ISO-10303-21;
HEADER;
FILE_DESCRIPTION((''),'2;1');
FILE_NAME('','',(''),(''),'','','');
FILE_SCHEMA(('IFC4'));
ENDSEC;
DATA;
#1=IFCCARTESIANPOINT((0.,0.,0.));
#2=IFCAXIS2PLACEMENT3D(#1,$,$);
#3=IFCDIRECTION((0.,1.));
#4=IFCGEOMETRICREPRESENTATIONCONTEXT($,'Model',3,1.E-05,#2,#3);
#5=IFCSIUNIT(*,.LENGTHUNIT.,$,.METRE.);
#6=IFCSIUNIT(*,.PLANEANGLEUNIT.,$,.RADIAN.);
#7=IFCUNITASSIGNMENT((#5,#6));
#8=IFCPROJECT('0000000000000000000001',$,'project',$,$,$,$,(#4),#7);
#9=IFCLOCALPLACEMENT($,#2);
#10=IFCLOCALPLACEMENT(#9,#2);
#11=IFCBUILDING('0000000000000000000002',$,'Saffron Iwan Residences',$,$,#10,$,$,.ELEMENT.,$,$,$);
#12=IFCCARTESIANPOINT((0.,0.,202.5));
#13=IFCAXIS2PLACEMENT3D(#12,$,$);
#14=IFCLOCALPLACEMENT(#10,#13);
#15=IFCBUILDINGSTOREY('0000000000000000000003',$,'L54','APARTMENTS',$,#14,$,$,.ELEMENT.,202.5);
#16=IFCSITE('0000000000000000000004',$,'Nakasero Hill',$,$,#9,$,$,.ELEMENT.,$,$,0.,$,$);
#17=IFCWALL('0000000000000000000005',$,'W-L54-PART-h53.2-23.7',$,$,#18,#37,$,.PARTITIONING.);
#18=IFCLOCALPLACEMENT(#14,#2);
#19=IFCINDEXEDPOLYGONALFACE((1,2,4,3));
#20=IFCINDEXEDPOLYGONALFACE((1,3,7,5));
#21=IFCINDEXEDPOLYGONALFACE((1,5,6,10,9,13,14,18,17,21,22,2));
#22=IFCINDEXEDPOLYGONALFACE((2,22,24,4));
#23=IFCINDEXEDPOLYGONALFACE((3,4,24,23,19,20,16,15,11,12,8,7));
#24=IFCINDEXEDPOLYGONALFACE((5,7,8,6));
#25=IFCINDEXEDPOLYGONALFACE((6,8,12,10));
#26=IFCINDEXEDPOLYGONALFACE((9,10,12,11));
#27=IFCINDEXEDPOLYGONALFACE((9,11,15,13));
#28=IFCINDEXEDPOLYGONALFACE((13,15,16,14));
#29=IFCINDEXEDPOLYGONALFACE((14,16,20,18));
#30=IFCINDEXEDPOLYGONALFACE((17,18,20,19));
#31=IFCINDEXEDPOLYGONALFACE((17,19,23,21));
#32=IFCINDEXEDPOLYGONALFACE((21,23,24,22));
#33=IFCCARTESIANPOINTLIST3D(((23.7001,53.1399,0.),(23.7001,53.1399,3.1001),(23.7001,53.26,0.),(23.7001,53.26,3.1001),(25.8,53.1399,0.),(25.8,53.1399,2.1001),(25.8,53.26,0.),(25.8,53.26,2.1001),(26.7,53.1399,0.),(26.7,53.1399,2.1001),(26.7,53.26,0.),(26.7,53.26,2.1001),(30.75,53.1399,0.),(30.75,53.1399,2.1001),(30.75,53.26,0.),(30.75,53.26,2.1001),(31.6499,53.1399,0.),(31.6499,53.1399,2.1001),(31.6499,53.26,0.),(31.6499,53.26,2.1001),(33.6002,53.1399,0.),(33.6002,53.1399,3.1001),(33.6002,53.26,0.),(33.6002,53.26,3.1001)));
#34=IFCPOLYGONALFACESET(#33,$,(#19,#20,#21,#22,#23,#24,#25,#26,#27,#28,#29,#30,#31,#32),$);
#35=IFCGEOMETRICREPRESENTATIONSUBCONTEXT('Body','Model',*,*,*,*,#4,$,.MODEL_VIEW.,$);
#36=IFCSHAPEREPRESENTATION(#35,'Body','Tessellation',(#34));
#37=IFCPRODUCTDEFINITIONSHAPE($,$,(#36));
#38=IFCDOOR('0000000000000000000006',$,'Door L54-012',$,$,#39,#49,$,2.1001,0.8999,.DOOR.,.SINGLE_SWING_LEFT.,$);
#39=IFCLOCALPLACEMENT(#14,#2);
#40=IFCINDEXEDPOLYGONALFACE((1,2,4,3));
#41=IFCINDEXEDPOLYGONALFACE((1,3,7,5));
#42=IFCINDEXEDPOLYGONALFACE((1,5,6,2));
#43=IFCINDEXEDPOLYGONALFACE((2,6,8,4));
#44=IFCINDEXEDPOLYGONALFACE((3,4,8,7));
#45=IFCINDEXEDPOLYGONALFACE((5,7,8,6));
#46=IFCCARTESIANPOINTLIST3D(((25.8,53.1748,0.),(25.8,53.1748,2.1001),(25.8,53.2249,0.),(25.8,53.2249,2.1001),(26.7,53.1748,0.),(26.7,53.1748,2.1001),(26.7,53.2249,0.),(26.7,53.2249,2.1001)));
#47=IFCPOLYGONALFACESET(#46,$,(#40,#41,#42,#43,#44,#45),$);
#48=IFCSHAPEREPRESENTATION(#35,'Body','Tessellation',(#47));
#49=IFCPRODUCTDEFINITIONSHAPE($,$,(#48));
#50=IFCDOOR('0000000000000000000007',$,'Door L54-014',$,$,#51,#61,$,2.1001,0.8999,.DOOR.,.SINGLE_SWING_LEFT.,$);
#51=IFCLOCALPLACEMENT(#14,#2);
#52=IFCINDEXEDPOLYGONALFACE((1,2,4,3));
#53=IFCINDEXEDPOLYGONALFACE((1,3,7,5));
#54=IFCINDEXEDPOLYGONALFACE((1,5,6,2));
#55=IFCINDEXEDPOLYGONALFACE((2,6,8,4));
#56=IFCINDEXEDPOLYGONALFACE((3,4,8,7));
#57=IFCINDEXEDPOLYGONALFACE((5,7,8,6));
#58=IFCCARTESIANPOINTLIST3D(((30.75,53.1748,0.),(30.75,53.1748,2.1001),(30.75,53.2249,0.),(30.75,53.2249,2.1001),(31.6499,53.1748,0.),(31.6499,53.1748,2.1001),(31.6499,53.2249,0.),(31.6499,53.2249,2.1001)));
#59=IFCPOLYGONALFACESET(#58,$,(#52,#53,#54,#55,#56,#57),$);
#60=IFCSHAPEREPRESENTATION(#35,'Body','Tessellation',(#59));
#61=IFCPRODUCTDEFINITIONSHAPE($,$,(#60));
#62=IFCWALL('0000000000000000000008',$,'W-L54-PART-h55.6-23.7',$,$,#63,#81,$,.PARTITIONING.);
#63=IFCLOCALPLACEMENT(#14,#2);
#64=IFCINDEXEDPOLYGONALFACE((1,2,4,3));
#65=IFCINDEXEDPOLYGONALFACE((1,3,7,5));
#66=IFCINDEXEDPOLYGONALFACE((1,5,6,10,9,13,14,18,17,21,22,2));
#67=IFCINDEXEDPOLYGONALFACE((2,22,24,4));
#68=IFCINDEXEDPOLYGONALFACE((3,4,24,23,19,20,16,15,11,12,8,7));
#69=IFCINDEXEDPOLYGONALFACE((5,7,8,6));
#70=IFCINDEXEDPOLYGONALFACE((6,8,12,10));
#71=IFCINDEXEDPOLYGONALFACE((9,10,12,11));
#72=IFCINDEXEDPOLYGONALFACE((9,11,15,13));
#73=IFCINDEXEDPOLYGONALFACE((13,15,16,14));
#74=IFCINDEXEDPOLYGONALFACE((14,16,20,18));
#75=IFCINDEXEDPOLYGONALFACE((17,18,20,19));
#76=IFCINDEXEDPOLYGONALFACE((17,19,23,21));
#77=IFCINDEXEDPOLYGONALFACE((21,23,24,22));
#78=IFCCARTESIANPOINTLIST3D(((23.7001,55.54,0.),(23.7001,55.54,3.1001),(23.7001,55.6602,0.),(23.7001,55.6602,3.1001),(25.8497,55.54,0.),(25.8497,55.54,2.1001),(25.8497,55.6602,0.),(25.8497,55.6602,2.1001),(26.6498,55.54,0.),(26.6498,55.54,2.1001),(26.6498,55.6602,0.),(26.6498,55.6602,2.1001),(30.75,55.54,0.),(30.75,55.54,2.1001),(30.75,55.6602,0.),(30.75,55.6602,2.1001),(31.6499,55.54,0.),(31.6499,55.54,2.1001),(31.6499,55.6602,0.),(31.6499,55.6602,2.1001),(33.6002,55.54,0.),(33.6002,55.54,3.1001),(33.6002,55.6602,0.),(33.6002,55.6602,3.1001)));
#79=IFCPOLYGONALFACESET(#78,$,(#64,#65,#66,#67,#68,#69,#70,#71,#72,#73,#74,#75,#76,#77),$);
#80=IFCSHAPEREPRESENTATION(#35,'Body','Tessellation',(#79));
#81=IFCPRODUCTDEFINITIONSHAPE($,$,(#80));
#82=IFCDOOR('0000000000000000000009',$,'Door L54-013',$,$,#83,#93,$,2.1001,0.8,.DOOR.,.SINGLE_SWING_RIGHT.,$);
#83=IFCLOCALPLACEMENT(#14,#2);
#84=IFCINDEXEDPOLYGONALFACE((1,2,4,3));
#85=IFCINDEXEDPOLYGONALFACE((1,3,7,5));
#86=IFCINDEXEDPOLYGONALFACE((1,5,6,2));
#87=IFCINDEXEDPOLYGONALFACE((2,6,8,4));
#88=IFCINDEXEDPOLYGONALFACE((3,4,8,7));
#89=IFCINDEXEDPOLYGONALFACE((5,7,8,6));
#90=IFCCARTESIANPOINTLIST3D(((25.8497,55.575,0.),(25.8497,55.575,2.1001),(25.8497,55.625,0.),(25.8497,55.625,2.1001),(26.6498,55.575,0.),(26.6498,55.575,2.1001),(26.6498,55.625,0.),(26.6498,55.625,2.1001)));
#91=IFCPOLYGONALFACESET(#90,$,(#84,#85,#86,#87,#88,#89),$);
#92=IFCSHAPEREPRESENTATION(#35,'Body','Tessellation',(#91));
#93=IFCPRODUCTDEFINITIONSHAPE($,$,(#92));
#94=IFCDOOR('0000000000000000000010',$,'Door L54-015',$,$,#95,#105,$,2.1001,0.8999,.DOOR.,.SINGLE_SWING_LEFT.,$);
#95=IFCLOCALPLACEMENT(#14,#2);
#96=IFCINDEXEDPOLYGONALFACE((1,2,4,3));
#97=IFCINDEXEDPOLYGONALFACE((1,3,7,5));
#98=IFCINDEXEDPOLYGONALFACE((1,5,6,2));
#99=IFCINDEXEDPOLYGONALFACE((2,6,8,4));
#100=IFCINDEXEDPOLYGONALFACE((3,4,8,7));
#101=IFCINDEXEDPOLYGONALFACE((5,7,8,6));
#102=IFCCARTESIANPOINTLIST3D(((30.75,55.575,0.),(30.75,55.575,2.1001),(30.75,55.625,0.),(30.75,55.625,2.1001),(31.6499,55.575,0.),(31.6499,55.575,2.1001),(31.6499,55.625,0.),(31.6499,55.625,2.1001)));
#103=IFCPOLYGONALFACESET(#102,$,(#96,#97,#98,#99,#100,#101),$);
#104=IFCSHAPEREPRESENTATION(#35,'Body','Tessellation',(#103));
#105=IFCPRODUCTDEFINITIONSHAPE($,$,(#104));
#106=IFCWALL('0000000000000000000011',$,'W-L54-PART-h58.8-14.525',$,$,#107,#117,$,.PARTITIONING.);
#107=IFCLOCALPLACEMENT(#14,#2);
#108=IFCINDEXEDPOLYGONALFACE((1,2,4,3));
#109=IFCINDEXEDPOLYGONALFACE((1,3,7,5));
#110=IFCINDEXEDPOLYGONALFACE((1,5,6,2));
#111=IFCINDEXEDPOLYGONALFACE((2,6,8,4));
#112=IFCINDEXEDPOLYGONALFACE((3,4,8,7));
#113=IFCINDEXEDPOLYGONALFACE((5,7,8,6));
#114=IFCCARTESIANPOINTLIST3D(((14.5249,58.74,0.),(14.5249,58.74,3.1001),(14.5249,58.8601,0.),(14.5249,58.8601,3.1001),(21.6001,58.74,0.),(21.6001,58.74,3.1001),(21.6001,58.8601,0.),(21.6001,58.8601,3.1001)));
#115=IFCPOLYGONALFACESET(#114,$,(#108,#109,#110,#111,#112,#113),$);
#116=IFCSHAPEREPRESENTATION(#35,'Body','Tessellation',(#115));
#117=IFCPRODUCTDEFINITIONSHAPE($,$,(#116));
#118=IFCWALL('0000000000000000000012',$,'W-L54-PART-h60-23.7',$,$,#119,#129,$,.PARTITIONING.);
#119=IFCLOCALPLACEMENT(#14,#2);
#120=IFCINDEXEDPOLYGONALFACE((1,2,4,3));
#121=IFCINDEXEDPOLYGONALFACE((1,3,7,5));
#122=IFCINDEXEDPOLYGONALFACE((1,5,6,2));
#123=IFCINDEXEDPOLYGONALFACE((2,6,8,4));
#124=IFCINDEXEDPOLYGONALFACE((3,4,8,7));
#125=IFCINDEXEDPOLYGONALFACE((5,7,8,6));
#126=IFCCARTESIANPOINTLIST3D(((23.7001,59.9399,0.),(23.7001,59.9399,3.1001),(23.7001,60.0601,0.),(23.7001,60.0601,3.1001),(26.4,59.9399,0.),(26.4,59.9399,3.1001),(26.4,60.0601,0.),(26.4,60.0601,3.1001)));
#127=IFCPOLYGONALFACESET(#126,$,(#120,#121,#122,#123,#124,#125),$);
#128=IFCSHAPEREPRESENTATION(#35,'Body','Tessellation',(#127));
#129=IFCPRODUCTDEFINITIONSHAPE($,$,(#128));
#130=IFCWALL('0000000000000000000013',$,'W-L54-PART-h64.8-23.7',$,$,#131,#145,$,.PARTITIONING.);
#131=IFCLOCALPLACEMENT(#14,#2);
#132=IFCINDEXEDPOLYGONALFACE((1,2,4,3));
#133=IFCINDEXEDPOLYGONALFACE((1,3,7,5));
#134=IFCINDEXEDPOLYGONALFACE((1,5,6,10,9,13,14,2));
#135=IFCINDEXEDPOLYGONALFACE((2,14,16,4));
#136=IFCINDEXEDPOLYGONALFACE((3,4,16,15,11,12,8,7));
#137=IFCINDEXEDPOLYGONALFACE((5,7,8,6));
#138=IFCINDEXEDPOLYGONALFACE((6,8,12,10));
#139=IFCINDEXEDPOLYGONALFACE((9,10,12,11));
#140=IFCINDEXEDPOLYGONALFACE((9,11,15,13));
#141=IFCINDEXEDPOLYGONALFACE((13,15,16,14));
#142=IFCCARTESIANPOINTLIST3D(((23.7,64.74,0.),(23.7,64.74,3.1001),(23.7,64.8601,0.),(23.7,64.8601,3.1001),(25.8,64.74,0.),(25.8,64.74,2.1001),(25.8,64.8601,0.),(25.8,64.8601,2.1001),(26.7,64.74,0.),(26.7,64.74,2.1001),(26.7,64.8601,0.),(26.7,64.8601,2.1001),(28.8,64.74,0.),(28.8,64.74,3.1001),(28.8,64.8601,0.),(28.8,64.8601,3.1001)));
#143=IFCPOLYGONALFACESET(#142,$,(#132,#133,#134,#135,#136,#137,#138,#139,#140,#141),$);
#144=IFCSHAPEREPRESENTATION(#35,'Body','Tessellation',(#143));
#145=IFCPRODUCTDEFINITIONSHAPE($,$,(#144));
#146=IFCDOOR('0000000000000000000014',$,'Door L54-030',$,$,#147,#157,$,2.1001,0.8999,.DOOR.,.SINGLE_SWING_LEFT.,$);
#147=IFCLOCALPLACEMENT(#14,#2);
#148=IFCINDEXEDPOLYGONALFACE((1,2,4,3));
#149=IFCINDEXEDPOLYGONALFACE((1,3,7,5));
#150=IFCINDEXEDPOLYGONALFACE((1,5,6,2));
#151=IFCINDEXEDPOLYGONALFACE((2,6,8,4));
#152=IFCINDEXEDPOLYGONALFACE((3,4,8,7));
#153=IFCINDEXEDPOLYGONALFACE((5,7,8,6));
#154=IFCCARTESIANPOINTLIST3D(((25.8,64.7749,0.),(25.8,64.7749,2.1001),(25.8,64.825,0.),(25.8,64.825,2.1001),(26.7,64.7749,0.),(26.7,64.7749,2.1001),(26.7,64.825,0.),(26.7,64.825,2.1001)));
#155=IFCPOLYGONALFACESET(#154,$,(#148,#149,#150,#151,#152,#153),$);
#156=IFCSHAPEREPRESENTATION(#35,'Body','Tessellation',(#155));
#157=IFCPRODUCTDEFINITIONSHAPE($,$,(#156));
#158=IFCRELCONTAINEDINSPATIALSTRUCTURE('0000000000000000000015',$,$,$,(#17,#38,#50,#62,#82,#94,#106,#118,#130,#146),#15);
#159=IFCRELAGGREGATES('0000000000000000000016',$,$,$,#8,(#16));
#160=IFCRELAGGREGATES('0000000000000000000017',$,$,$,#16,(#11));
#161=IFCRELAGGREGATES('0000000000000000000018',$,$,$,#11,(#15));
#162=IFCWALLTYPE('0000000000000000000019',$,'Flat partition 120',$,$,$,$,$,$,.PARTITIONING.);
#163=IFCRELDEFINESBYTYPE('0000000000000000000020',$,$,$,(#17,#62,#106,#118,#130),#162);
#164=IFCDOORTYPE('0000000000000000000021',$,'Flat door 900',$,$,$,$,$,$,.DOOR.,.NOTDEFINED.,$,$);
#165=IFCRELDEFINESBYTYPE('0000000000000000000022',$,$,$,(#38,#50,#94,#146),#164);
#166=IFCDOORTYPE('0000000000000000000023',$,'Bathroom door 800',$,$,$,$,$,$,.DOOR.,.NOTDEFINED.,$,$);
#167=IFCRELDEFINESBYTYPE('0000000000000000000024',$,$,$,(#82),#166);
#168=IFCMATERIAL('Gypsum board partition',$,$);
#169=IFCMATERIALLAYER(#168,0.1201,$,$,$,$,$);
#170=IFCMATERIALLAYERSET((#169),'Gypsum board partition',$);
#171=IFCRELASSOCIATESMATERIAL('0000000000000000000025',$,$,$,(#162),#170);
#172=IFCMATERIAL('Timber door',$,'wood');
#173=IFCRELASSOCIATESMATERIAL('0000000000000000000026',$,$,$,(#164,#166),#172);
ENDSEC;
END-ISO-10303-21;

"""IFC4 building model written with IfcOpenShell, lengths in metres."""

from ifc_helpers import new_model, si_unit, direction, frame, frame_2d, origin, place, context, subcontext, project, spatial, rectangle, extrude, material, layer, layer_set, type_object, element, fill, save


model = new_model("IFC4")

# Units and contexts
model_context = context("Model", 3, precision=1e-05, world=origin(), true_north=direction((0.0, 1.0)))
body_context = subcontext(model_context, "Body", "Model", "MODEL_VIEW")
ifc_project = project(units=[si_unit("LENGTHUNIT", "METRE"), si_unit("PLANEANGLEUNIT", "RADIAN")], contexts=[model_context])

# Site, building, storey
site_placement = place(None, origin())
site = spatial("IfcSite", under=ifc_project, at=site_placement, Name="Nakasero Hill", CompositionType="ELEMENT", RefElevation=0.0)
building_placement = place(site_placement, origin())
building = spatial("IfcBuilding", under=site, at=building_placement, Name="Saffron Iwan Residences", CompositionType="ELEMENT")
storey_placement = place(building_placement, frame((0.0, 0.0, 202.5)))
storey = spatial("IfcBuildingStorey", under=building, at=storey_placement, Name="L54", Description="APARTMENTS", CompositionType="ELEMENT", Elevation=202.5)

# Walls, openings, doors
ifc_material_1 = material(Name="Gypsum board partition")
ifc_layer_1 = layer(ifc_material_1, 0.1201)
ifc_layer_set_1 = layer_set([ifc_layer_1], Name="Gypsum board partition")
wall_type_1 = type_object("IfcWallType", Name="Flat partition 120", PredefinedType="PARTITIONING", material=ifc_layer_set_1)
wall_1_placement = place(storey_placement, frame((23.7, 53.2, 0.0), z_axis=(0.0, 0.0, 1.0), x_axis=(1.0, 0.0, 0.0)))
wall_1 = element("IfcWall", 1, at=wall_1_placement, inside=storey, type_object=wall_type_1, Name="W-L54-PART-h53.2-23.7", PredefinedType="PARTITIONING", context=body_context, shape_type="SweptSolid", body=[
    extrude(rectangle(XDim=9.9001, YDim=0.1201, at=frame_2d((4.9502, 0.0))), origin(), (0.0, 0.0, 1.0), 3.1001),
])
opening_1_placement = place(wall_1_placement, frame((2.1001, 0.0, 0.0)))
opening_1 = element("IfcOpeningElement", 2, at=opening_1_placement, cuts=wall_1, PredefinedType="OPENING", context=body_context, shape_type="SweptSolid", body=[
    extrude(rectangle(XDim=0.8999, YDim=2.1001, at=frame_2d((0.45, 1.05))), frame((0.0, 0.0701, 0.0), z_axis=(0.0, -1.0, 0.0), x_axis=(1.0, 0.0, 0.0)), (0.0, 0.0, 1.0), 0.1401),
])
opening_2_placement = place(wall_1_placement, frame((7.05, 0.0, 0.0)))
opening_2 = element("IfcOpeningElement", 3, at=opening_2_placement, cuts=wall_1, PredefinedType="OPENING", context=body_context, shape_type="SweptSolid", body=[
    extrude(rectangle(XDim=0.8999, YDim=2.1001, at=frame_2d((0.45, 1.05))), frame((0.0, 0.0701, 0.0), z_axis=(0.0, -1.0, 0.0), x_axis=(1.0, 0.0, 0.0)), (0.0, 0.0, 1.0), 0.1401),
])
ifc_material_2 = material(Name="Timber door", Category="wood")
door_type_1 = type_object("IfcDoorType", Name="Flat door 900", OperationType="NOTDEFINED", PredefinedType="DOOR", material=ifc_material_2)
door_1_placement = place(opening_1_placement, origin())
door_1 = element("IfcDoor", 4, at=door_1_placement, inside=storey, type_object=door_type_1, Name="Door L54-012", OperationType="SINGLE_SWING_LEFT", OverallHeight=2.1001, OverallWidth=0.8999, PredefinedType="DOOR", context=body_context, shape_type="SweptSolid", body=[
    extrude(rectangle(XDim=0.8999, YDim=2.1001, at=frame_2d((0.45, 1.05))), frame((0.0, 0.0249, 0.0), z_axis=(0.0, -1.0, 0.0), x_axis=(1.0, 0.0, 0.0)), (0.0, 0.0, 1.0), 0.05),
])
fill(opening_1, door_1)
door_2_placement = place(opening_2_placement, origin())
door_2 = element("IfcDoor", 5, at=door_2_placement, inside=storey, type_object=door_type_1, Name="Door L54-014", OperationType="SINGLE_SWING_LEFT", OverallHeight=2.1001, OverallWidth=0.8999, PredefinedType="DOOR", context=body_context, shape_type="SweptSolid", body=[
    extrude(rectangle(XDim=0.8999, YDim=2.1001, at=frame_2d((0.45, 1.05))), frame((0.0, 0.0249, 0.0), z_axis=(0.0, -1.0, 0.0), x_axis=(1.0, 0.0, 0.0)), (0.0, 0.0, 1.0), 0.05),
])
fill(opening_2, door_2)
wall_2_placement = place(storey_placement, frame((23.7, 55.6001, 0.0), z_axis=(0.0, 0.0, 1.0), x_axis=(1.0, 0.0, 0.0)))
wall_2 = element("IfcWall", 6, at=wall_2_placement, inside=storey, type_object=wall_type_1, Name="W-L54-PART-h55.6-23.7", PredefinedType="PARTITIONING", context=body_context, shape_type="SweptSolid", body=[
    extrude(rectangle(XDim=9.9001, YDim=0.1201, at=frame_2d((4.9502, 0.0))), origin(), (0.0, 0.0, 1.0), 3.1001),
])
opening_3_placement = place(wall_2_placement, frame((2.1499, 0.0, 0.0)))
opening_3 = element("IfcOpeningElement", 7, at=opening_3_placement, cuts=wall_2, PredefinedType="OPENING", context=body_context, shape_type="SweptSolid", body=[
    extrude(rectangle(XDim=0.8, YDim=2.1001, at=frame_2d((0.3999, 1.05))), frame((0.0, 0.0701, 0.0), z_axis=(0.0, -1.0, 0.0), x_axis=(1.0, 0.0, 0.0)), (0.0, 0.0, 1.0), 0.1401),
])
opening_4_placement = place(wall_2_placement, frame((7.05, 0.0, 0.0)))
opening_4 = element("IfcOpeningElement", 8, at=opening_4_placement, cuts=wall_2, PredefinedType="OPENING", context=body_context, shape_type="SweptSolid", body=[
    extrude(rectangle(XDim=0.8999, YDim=2.1001, at=frame_2d((0.45, 1.05))), frame((0.0, 0.0701, 0.0), z_axis=(0.0, -1.0, 0.0), x_axis=(1.0, 0.0, 0.0)), (0.0, 0.0, 1.0), 0.1401),
])
door_type_2 = type_object("IfcDoorType", Name="Bathroom door 800", OperationType="NOTDEFINED", PredefinedType="DOOR", material=ifc_material_2)
door_3_placement = place(opening_3_placement, origin())
door_3 = element("IfcDoor", 9, at=door_3_placement, inside=storey, type_object=door_type_2, Name="Door L54-013", OperationType="SINGLE_SWING_RIGHT", OverallHeight=2.1001, OverallWidth=0.8, PredefinedType="DOOR", context=body_context, shape_type="SweptSolid", body=[
    extrude(rectangle(XDim=0.8, YDim=2.1001, at=frame_2d((0.3999, 1.05))), frame((0.0, 0.0249, 0.0), z_axis=(0.0, -1.0, 0.0), x_axis=(1.0, 0.0, 0.0)), (0.0, 0.0, 1.0), 0.05),
])
fill(opening_3, door_3)
door_4_placement = place(opening_4_placement, origin())
door_4 = element("IfcDoor", 10, at=door_4_placement, inside=storey, type_object=door_type_1, Name="Door L54-015", OperationType="SINGLE_SWING_LEFT", OverallHeight=2.1001, OverallWidth=0.8999, PredefinedType="DOOR", context=body_context, shape_type="SweptSolid", body=[
    extrude(rectangle(XDim=0.8999, YDim=2.1001, at=frame_2d((0.45, 1.05))), frame((0.0, 0.0249, 0.0), z_axis=(0.0, -1.0, 0.0), x_axis=(1.0, 0.0, 0.0)), (0.0, 0.0, 1.0), 0.05),
])
fill(opening_4, door_4)

# Walls
wall_3_placement = place(storey_placement, frame((14.5249, 58.8, 0.0), z_axis=(0.0, 0.0, 1.0), x_axis=(1.0, 0.0, 0.0)))
element("IfcWall", 11, at=wall_3_placement, inside=storey, type_object=wall_type_1, Name="W-L54-PART-h58.8-14.525", PredefinedType="PARTITIONING", context=body_context, shape_type="SweptSolid", body=[
    extrude(rectangle(XDim=7.0752, YDim=0.1201, at=frame_2d((3.5376, 0.0))), origin(), (0.0, 0.0, 1.0), 3.1001),
])
wall_4_placement = place(storey_placement, frame((23.7, 60.0, 0.0), z_axis=(0.0, 0.0, 1.0), x_axis=(1.0, 0.0, 0.0)))
element("IfcWall", 12, at=wall_4_placement, inside=storey, type_object=wall_type_1, Name="W-L54-PART-h60-23.7", PredefinedType="PARTITIONING", context=body_context, shape_type="SweptSolid", body=[
    extrude(rectangle(XDim=2.7, YDim=0.1201, at=frame_2d((1.3501, 0.0))), origin(), (0.0, 0.0, 1.0), 3.1001),
])

# Wall, opening, door
wall_5_placement = place(storey_placement, frame((23.7, 64.8, 0.0), z_axis=(0.0, 0.0, 1.0), x_axis=(1.0, 0.0, 0.0)))
wall_5 = element("IfcWall", 13, at=wall_5_placement, inside=storey, type_object=wall_type_1, Name="W-L54-PART-h64.8-23.7", PredefinedType="PARTITIONING", context=body_context, shape_type="SweptSolid", body=[
    extrude(rectangle(XDim=5.1001, YDim=0.1201, at=frame_2d((2.55, 0.0))), origin(), (0.0, 0.0, 1.0), 3.1001),
])
opening_5_placement = place(wall_5_placement, frame((2.1001, 0.0, 0.0)))
opening_5 = element("IfcOpeningElement", 14, at=opening_5_placement, cuts=wall_5, PredefinedType="OPENING", context=body_context, shape_type="SweptSolid", body=[
    extrude(rectangle(XDim=0.8999, YDim=2.1001, at=frame_2d((0.45, 1.05))), frame((0.0, 0.0701, 0.0), z_axis=(0.0, -1.0, 0.0), x_axis=(1.0, 0.0, 0.0)), (0.0, 0.0, 1.0), 0.1401),
])
door_5_placement = place(opening_5_placement, origin())
door_5 = element("IfcDoor", 15, at=door_5_placement, inside=storey, type_object=door_type_1, Name="Door L54-030", OperationType="SINGLE_SWING_LEFT", OverallHeight=2.1001, OverallWidth=0.8999, PredefinedType="DOOR", context=body_context, shape_type="SweptSolid", body=[
    extrude(rectangle(XDim=0.8999, YDim=2.1001, at=frame_2d((0.45, 1.05))), frame((0.0, 0.0249, 0.0), z_axis=(0.0, -1.0, 0.0), x_axis=(1.0, 0.0, 0.0)), (0.0, 0.0, 1.0), 0.05),
])
fill(opening_5, door_5)

save(model, "model.ifc")
